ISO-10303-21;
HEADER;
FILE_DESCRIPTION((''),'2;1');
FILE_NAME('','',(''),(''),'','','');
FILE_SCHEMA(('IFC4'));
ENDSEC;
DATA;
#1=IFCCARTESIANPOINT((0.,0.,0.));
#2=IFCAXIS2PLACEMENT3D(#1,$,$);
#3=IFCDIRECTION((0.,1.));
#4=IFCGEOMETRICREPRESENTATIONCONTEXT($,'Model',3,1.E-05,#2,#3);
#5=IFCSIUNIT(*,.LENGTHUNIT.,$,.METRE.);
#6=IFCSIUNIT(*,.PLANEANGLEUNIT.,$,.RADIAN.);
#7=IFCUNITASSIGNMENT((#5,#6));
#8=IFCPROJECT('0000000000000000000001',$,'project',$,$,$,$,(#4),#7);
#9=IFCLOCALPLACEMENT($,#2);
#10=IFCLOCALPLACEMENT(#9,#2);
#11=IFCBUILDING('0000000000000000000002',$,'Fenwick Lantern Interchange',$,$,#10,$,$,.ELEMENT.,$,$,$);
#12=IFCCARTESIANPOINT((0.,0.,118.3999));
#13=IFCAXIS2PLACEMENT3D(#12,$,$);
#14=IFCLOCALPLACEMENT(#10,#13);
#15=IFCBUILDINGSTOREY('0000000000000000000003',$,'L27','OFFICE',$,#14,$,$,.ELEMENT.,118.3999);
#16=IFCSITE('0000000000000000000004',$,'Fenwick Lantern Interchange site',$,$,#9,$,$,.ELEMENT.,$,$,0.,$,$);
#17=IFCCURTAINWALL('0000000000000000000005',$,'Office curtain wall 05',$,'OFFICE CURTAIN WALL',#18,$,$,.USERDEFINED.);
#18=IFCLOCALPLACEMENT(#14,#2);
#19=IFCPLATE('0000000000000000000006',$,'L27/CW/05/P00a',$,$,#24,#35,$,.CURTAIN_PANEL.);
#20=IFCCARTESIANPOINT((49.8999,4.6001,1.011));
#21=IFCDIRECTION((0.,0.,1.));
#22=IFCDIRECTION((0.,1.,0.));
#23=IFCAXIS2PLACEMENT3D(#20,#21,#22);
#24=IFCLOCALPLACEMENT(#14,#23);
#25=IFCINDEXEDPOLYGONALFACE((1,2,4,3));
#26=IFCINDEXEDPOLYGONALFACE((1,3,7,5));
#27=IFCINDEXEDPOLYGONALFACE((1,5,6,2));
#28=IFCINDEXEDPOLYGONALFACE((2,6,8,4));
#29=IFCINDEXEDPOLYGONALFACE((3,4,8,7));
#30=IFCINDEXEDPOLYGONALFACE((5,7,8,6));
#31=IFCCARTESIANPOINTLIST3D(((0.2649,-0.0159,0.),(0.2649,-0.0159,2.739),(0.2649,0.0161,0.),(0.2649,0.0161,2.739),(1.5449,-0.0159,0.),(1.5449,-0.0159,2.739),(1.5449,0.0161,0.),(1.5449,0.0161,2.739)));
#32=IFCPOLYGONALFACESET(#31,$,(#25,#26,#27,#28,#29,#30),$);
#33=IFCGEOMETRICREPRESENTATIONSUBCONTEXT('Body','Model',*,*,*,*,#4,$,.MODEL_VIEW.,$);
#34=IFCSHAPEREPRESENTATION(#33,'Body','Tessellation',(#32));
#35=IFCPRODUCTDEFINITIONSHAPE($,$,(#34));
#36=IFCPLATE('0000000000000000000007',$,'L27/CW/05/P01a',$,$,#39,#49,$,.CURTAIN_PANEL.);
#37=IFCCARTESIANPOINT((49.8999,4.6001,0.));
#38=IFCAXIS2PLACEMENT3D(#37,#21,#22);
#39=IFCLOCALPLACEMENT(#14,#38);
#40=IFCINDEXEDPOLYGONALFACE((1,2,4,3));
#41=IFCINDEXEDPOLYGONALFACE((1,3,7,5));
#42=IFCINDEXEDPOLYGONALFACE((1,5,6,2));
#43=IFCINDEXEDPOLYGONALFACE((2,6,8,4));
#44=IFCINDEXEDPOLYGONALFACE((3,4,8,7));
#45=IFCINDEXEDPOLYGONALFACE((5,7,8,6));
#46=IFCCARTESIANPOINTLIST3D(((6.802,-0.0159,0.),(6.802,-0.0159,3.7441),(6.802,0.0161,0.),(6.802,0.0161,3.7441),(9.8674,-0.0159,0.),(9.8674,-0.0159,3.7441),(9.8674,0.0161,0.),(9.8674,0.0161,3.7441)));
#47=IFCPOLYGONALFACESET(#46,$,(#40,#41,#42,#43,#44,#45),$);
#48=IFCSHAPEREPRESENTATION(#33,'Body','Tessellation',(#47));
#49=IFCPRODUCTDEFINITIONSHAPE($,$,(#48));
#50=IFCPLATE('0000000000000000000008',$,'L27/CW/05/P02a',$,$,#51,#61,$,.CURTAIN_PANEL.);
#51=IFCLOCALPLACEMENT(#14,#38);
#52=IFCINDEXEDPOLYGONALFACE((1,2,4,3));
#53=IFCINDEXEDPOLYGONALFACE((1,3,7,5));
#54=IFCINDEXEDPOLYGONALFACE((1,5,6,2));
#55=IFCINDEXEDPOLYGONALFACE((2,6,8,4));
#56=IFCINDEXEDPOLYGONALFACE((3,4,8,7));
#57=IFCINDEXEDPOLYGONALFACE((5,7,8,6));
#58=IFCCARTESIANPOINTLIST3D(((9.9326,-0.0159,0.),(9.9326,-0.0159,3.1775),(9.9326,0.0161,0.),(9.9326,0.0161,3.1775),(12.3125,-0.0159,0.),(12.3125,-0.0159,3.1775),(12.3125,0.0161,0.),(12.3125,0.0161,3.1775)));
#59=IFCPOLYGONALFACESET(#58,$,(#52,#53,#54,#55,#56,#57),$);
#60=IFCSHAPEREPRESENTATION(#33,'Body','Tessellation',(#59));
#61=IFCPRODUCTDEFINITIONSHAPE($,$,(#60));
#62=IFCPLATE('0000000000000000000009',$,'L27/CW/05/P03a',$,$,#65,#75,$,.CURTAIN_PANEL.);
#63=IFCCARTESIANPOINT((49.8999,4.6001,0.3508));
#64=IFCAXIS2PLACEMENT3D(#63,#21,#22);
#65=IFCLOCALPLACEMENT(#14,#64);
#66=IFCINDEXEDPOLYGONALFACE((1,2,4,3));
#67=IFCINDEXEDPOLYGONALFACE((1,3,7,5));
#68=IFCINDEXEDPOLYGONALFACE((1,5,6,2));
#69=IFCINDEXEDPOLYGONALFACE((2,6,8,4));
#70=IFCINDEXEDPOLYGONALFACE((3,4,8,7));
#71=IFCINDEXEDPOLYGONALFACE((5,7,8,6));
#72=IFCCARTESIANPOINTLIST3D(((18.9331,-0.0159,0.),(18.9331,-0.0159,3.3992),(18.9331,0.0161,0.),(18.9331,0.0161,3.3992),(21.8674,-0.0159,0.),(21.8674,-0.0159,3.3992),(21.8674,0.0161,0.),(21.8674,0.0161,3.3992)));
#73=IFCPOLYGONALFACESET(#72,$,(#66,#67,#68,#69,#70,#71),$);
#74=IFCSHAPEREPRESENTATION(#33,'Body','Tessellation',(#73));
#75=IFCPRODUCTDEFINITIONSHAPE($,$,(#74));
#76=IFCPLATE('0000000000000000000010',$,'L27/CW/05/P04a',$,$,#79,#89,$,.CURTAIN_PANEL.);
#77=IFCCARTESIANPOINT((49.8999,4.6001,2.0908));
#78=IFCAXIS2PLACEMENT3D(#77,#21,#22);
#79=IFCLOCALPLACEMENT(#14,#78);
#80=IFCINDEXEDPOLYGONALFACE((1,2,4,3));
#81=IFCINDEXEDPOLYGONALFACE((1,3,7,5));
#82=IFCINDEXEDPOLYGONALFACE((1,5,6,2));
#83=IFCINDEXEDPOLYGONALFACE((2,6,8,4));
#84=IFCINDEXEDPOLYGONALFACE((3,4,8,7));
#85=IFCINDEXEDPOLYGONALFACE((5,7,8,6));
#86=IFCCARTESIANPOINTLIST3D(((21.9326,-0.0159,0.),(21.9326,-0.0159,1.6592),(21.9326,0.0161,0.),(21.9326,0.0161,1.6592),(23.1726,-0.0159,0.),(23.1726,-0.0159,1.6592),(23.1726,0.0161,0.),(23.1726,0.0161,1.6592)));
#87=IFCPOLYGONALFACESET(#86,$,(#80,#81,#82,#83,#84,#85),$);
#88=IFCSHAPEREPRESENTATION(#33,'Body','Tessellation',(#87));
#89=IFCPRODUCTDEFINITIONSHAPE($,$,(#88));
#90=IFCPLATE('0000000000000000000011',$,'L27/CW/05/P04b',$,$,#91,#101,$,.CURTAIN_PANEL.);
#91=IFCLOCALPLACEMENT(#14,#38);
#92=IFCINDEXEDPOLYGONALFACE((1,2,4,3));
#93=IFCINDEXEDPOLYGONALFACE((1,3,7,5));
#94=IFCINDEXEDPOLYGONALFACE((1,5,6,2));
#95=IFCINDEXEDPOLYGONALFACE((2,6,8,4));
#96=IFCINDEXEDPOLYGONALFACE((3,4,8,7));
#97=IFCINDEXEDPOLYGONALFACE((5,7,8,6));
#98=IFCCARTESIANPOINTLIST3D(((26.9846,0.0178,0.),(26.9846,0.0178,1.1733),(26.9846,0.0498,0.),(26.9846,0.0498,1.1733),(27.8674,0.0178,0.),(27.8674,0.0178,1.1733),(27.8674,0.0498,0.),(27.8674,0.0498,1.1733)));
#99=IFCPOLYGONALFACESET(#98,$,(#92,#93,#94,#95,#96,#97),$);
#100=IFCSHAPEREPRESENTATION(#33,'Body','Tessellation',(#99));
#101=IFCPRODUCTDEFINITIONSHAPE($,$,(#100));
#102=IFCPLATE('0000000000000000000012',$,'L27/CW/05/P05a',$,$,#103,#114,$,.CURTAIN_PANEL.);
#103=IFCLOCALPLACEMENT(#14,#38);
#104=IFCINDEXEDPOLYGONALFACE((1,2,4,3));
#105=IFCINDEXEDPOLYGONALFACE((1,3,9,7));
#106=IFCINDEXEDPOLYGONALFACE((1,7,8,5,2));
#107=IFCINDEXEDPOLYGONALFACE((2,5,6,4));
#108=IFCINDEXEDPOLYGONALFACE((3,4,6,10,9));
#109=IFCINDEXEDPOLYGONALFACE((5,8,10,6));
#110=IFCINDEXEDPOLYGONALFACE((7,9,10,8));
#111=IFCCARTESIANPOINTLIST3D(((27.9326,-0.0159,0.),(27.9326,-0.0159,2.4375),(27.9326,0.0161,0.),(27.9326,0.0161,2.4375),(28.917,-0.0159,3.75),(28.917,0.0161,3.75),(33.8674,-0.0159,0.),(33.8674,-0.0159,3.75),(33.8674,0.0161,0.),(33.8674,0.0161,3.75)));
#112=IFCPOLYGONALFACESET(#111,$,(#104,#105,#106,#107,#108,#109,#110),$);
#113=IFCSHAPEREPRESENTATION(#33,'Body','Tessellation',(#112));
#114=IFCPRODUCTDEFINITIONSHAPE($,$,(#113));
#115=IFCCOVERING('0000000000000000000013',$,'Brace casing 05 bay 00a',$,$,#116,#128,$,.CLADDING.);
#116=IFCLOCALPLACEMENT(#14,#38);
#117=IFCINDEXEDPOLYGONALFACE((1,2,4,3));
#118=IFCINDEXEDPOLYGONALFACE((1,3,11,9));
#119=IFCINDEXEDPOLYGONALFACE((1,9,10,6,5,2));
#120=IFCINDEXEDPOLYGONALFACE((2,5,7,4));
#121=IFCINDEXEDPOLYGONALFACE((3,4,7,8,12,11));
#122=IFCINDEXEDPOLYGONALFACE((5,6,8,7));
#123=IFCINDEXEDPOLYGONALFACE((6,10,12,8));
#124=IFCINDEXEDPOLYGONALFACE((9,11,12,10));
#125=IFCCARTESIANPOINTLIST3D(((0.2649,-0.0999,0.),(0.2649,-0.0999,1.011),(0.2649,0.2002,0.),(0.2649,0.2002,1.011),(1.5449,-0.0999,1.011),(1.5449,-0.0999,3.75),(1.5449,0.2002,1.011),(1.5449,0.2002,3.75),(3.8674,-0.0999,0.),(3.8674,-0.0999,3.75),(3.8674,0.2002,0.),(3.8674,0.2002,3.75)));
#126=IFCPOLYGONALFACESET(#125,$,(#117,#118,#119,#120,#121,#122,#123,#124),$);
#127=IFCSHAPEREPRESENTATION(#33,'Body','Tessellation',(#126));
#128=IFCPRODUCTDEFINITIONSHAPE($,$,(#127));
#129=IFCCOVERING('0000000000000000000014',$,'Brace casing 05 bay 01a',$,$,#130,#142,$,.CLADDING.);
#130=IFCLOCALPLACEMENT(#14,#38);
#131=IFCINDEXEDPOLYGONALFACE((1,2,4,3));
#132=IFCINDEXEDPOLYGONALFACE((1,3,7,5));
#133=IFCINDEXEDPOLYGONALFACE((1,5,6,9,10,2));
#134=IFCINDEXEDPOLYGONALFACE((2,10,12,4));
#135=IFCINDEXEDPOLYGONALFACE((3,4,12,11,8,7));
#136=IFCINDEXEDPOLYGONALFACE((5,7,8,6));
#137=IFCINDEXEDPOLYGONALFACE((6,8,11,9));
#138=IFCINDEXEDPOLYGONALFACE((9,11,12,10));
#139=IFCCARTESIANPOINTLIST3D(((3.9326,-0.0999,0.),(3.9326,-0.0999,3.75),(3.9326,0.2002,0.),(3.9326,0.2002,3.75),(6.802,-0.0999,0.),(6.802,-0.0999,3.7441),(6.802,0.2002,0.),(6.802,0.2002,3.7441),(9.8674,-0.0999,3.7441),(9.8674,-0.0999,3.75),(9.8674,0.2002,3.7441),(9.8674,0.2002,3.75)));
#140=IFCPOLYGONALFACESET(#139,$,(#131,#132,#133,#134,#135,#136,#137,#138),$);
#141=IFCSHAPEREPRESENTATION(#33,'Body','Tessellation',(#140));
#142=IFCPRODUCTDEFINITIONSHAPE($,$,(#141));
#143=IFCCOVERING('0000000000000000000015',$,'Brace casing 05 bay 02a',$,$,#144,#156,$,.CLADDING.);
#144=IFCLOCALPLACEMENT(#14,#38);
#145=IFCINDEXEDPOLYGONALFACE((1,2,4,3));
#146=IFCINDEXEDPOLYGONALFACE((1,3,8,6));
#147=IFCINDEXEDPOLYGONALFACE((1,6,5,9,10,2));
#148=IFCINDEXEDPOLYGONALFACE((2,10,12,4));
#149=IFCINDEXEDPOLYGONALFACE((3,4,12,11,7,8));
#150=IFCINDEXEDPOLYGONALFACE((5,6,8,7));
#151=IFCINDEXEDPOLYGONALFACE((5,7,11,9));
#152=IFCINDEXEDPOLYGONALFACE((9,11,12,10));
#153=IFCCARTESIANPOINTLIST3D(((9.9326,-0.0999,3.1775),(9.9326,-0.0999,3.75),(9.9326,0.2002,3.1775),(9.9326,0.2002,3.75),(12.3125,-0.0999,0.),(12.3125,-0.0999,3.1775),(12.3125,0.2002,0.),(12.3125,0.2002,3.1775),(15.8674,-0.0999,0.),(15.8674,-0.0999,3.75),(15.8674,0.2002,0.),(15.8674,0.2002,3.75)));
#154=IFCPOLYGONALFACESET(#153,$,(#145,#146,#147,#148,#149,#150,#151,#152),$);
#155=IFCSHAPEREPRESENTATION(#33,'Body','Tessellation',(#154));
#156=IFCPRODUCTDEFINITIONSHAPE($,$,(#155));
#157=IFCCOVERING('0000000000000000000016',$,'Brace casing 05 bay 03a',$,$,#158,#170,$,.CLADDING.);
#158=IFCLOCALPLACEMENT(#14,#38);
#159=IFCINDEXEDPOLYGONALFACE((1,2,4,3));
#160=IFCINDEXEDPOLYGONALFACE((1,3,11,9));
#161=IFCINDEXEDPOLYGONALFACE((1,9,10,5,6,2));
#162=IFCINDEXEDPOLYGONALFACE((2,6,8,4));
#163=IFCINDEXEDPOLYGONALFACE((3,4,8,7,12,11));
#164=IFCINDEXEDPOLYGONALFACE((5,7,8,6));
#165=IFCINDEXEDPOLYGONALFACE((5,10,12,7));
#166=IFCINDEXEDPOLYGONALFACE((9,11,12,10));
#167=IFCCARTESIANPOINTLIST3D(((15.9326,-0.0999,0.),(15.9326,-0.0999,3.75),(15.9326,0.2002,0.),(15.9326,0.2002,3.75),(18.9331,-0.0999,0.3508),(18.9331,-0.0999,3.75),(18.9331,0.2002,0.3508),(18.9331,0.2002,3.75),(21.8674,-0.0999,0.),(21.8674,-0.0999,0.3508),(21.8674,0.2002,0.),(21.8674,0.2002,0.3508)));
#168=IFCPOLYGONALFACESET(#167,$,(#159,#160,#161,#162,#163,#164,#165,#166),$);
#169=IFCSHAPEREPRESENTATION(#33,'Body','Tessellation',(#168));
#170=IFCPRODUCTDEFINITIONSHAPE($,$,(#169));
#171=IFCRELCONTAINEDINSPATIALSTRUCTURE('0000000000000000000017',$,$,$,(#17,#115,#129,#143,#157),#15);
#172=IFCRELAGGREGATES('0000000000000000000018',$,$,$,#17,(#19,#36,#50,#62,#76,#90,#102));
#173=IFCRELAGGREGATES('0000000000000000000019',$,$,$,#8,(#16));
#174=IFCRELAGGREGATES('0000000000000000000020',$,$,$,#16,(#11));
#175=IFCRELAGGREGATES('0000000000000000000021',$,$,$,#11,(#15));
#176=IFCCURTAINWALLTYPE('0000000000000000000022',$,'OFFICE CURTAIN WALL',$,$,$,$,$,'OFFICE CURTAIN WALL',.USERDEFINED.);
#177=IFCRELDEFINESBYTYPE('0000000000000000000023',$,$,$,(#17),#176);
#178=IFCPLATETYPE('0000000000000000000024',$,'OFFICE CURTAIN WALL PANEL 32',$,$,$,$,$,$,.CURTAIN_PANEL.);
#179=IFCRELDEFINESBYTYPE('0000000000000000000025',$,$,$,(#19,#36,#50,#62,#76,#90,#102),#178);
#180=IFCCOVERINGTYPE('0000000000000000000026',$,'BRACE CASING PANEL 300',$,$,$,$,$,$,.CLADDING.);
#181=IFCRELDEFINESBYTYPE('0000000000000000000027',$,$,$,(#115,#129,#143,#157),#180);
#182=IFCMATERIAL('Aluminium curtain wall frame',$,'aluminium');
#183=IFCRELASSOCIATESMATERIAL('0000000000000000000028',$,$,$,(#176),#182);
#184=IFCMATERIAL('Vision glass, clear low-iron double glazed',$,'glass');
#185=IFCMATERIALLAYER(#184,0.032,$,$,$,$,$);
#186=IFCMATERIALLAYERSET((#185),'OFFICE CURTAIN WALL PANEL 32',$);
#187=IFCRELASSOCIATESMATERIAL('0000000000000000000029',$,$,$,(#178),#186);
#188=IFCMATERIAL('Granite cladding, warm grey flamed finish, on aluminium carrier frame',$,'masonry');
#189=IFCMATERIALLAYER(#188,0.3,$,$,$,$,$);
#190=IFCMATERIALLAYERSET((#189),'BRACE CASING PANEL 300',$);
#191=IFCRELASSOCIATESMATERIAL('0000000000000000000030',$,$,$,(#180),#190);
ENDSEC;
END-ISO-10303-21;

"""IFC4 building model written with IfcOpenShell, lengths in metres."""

from ifc_helpers import new_model, si_unit, direction, frame, origin, place, context, subcontext, project, spatial, polyline, outline, extrude, material, layer, layer_set, type_object, element, aggregate, save


model = new_model("IFC4")

# Units and contexts
model_context = context("Model", 3, precision=1e-05, world=origin(), true_north=direction((0.0, 1.0)))
body_context = subcontext(model_context, "Body", "Model", "MODEL_VIEW")
ifc_project = project(units=[si_unit("LENGTHUNIT", "METRE"), si_unit("PLANEANGLEUNIT", "RADIAN")], contexts=[model_context])

# Site, building, storey
site_placement = place(None, origin())
site = spatial("IfcSite", under=ifc_project, at=site_placement, Name="Fenwick Lantern Interchange site", CompositionType="ELEMENT", RefElevation=0.0)
building_placement = place(site_placement, origin())
building = spatial("IfcBuilding", under=site, at=building_placement, Name="Fenwick Lantern Interchange", CompositionType="ELEMENT")
storey_placement = place(building_placement, frame((0.0, 0.0, 118.3999)))
storey = spatial("IfcBuildingStorey", under=building, at=storey_placement, Name="L27", Description="OFFICE", CompositionType="ELEMENT", Elevation=118.3999)

# Shared definitions
ifc_material_1 = material(Name="Aluminium curtain wall frame", Category="aluminium")
curtain_wall_type = type_object("IfcCurtainWallType", Name="OFFICE CURTAIN WALL", ElementType="OFFICE CURTAIN WALL", PredefinedType="USERDEFINED", material=ifc_material_1)

# Shared definitions
ifc_material_2 = material(Name="Vision glass, clear low-iron double glazed", Category="glass")
ifc_layer_1 = layer(ifc_material_2, 0.032)
ifc_layer_set_1 = layer_set([ifc_layer_1], Name="OFFICE CURTAIN WALL PANEL 32")
plate_type = type_object("IfcPlateType", Name="OFFICE CURTAIN WALL PANEL 32", PredefinedType="CURTAIN_PANEL", material=ifc_layer_set_1)

# Curtain wall, plates
curtain_wall_1_placement = place(storey_placement, origin())
curtain_wall_1 = element("IfcCurtainWall", 1, at=curtain_wall_1_placement, inside=storey, type_object=curtain_wall_type, Name="Office curtain wall 05", ObjectType="OFFICE CURTAIN WALL", PredefinedType="USERDEFINED")
plate_1_placement = place(storey_placement, frame((49.8999, 4.6001, 1.011), z_axis=(0.0, 0.0, 1.0), x_axis=(0.0, 1.0, 0.0)))
plate_1 = element("IfcPlate", 2, at=plate_1_placement, type_object=plate_type, Name="L27/CW/05/P00a", PredefinedType="CURTAIN_PANEL", context=body_context, shape_type="SweptSolid", body=[
    extrude(outline(polyline([(0.2649, 0.0), (1.5449, 0.0), (1.5449, 2.739), (0.2649, 2.739), (0.2649, 0.0)])), frame((0.0, 0.0161, 0.0), z_axis=(0.0, -1.0, 0.0), x_axis=(1.0, 0.0, 0.0)), (0.0, 0.0, 1.0), 0.032),
])
plate_2_placement = place(storey_placement, frame((49.8999, 4.6001, 0.0), z_axis=(0.0, 0.0, 1.0), x_axis=(0.0, 1.0, 0.0)))
plate_2 = element("IfcPlate", 3, at=plate_2_placement, type_object=plate_type, Name="L27/CW/05/P01a", PredefinedType="CURTAIN_PANEL", context=body_context, shape_type="SweptSolid", body=[
    extrude(outline(polyline([(6.802, 0.0), (9.8674, 0.0), (9.8674, 3.7441), (6.802, 3.7441), (6.802, 0.0)])), frame((0.0, 0.0161, 0.0), z_axis=(0.0, -1.0, 0.0), x_axis=(1.0, 0.0, 0.0)), (0.0, 0.0, 1.0), 0.032),
])
plate_3_placement = place(storey_placement, frame((49.8999, 4.6001, 0.0), z_axis=(0.0, 0.0, 1.0), x_axis=(0.0, 1.0, 0.0)))
plate_3 = element("IfcPlate", 4, at=plate_3_placement, type_object=plate_type, Name="L27/CW/05/P02a", PredefinedType="CURTAIN_PANEL", context=body_context, shape_type="SweptSolid", body=[
    extrude(outline(polyline([(9.9326, 0.0), (12.3125, 0.0), (12.3125, 3.1775), (9.9326, 3.1775), (9.9326, 0.0)])), frame((0.0, 0.0161, 0.0), z_axis=(0.0, -1.0, 0.0), x_axis=(1.0, 0.0, 0.0)), (0.0, 0.0, 1.0), 0.032),
])
plate_4_placement = place(storey_placement, frame((49.8999, 4.6001, 0.3508), z_axis=(0.0, 0.0, 1.0), x_axis=(0.0, 1.0, 0.0)))
plate_4 = element("IfcPlate", 5, at=plate_4_placement, type_object=plate_type, Name="L27/CW/05/P03a", PredefinedType="CURTAIN_PANEL", context=body_context, shape_type="SweptSolid", body=[
    extrude(outline(polyline([(18.9331, 0.0), (21.8674, 0.0), (21.8674, 3.3992), (18.9331, 3.3992), (18.9331, 0.0)])), frame((0.0, 0.0161, 0.0), z_axis=(0.0, -1.0, 0.0), x_axis=(1.0, 0.0, 0.0)), (0.0, 0.0, 1.0), 0.032),
])
plate_5_placement = place(storey_placement, frame((49.8999, 4.6001, 2.0908), z_axis=(0.0, 0.0, 1.0), x_axis=(0.0, 1.0, 0.0)))
plate_5 = element("IfcPlate", 6, at=plate_5_placement, type_object=plate_type, Name="L27/CW/05/P04a", PredefinedType="CURTAIN_PANEL", context=body_context, shape_type="SweptSolid", body=[
    extrude(outline(polyline([(21.9326, 0.0), (23.1726, 0.0), (23.1726, 1.6592), (21.9326, 1.6592), (21.9326, 0.0)])), frame((0.0, 0.0161, 0.0), z_axis=(0.0, -1.0, 0.0), x_axis=(1.0, 0.0, 0.0)), (0.0, 0.0, 1.0), 0.032),
])
plate_6_placement = place(storey_placement, frame((49.8999, 4.6001, 0.0), z_axis=(0.0, 0.0, 1.0), x_axis=(0.0, 1.0, 0.0)))
plate_6 = element("IfcPlate", 7, at=plate_6_placement, type_object=plate_type, Name="L27/CW/05/P04b", PredefinedType="CURTAIN_PANEL", context=body_context, shape_type="SweptSolid", body=[
    extrude(outline(polyline([(26.9846, 0.0), (27.8674, 0.0), (27.8674, 1.1733), (26.9846, 1.1733), (26.9846, 0.0)])), frame((0.0, 0.0498, 0.0), z_axis=(0.0, -1.0, 0.0), x_axis=(1.0, 0.0, 0.0)), (0.0, 0.0, 1.0), 0.032),
])
plate_7_placement = place(storey_placement, frame((49.8999, 4.6001, 0.0), z_axis=(0.0, 0.0, 1.0), x_axis=(0.0, 1.0, 0.0)))
plate_7 = element("IfcPlate", 8, at=plate_7_placement, type_object=plate_type, Name="L27/CW/05/P05a", PredefinedType="CURTAIN_PANEL", context=body_context, shape_type="SweptSolid", body=[
    extrude(outline(polyline([(27.9326, 0.0), (33.8674, 0.0), (33.8674, 3.75), (28.917, 3.75), (27.9326, 2.4375), (27.9326, 0.0)])), frame((0.0, 0.0161, 0.0), z_axis=(0.0, -1.0, 0.0), x_axis=(1.0, 0.0, 0.0)), (0.0, 0.0, 1.0), 0.032),
])
aggregate(curtain_wall_1, [plate_1, plate_2, plate_3, plate_4, plate_5, plate_6, plate_7])

# Coverings
ifc_material_3 = material(Name="Granite cladding, warm grey flamed finish, on aluminium carrier frame", Category="masonry")
ifc_layer_2 = layer(ifc_material_3, 0.3)
ifc_layer_set_2 = layer_set([ifc_layer_2], Name="BRACE CASING PANEL 300")
covering_type = type_object("IfcCoveringType", Name="BRACE CASING PANEL 300", PredefinedType="CLADDING", material=ifc_layer_set_2)
covering_1_placement = place(storey_placement, frame((49.8999, 4.6001, 0.0), z_axis=(0.0, 0.0, 1.0), x_axis=(0.0, 1.0, 0.0)))
element("IfcCovering", 9, at=covering_1_placement, inside=storey, type_object=covering_type, Name="Brace casing 05 bay 00a", PredefinedType="CLADDING", context=body_context, shape_type="SweptSolid", body=[
    extrude(outline(polyline([(0.2649, 0.0), (3.8674, 0.0), (3.8674, 3.75), (1.5449, 3.75), (1.5449, 1.011), (0.2649, 1.011), (0.2649, 0.0)])), frame((0.0, 0.2002, 0.0), z_axis=(0.0, -1.0, 0.0), x_axis=(1.0, 0.0, 0.0)), (0.0, 0.0, 1.0), 0.3),
])
covering_2_placement = place(storey_placement, frame((49.8999, 4.6001, 0.0), z_axis=(0.0, 0.0, 1.0), x_axis=(0.0, 1.0, 0.0)))
element("IfcCovering", 10, at=covering_2_placement, inside=storey, type_object=covering_type, Name="Brace casing 05 bay 01a", PredefinedType="CLADDING", context=body_context, shape_type="SweptSolid", body=[
    extrude(outline(polyline([(3.9326, 0.0), (6.802, 0.0), (6.802, 3.7441), (9.8674, 3.7441), (9.8674, 3.75), (3.9326, 3.75), (3.9326, 0.0)])), frame((0.0, 0.2002, 0.0), z_axis=(0.0, -1.0, 0.0), x_axis=(1.0, 0.0, 0.0)), (0.0, 0.0, 1.0), 0.3),
])
covering_3_placement = place(storey_placement, frame((49.8999, 4.6001, 0.0), z_axis=(0.0, 0.0, 1.0), x_axis=(0.0, 1.0, 0.0)))
element("IfcCovering", 11, at=covering_3_placement, inside=storey, type_object=covering_type, Name="Brace casing 05 bay 02a", PredefinedType="CLADDING", context=body_context, shape_type="SweptSolid", body=[
    extrude(outline(polyline([(12.3125, 0.0), (15.8674, 0.0), (15.8674, 3.75), (9.9326, 3.75), (9.9326, 3.1775), (12.3125, 3.1775), (12.3125, 0.0)])), frame((0.0, 0.2002, 0.0), z_axis=(0.0, -1.0, 0.0), x_axis=(1.0, 0.0, 0.0)), (0.0, 0.0, 1.0), 0.3),
])
covering_4_placement = place(storey_placement, frame((49.8999, 4.6001, 0.0), z_axis=(0.0, 0.0, 1.0), x_axis=(0.0, 1.0, 0.0)))
element("IfcCovering", 12, at=covering_4_placement, inside=storey, type_object=covering_type, Name="Brace casing 05 bay 03a", PredefinedType="CLADDING", context=body_context, shape_type="SweptSolid", body=[
    extrude(outline(polyline([(15.9326, 0.0), (21.8674, 0.0), (21.8674, 0.3508), (18.9331, 0.3508), (18.9331, 3.75), (15.9326, 3.75), (15.9326, 0.0)])), frame((0.0, 0.2002, 0.0), z_axis=(0.0, -1.0, 0.0), x_axis=(1.0, 0.0, 0.0)), (0.0, 0.0, 1.0), 0.3),
])

save(model, "model.ifc")
